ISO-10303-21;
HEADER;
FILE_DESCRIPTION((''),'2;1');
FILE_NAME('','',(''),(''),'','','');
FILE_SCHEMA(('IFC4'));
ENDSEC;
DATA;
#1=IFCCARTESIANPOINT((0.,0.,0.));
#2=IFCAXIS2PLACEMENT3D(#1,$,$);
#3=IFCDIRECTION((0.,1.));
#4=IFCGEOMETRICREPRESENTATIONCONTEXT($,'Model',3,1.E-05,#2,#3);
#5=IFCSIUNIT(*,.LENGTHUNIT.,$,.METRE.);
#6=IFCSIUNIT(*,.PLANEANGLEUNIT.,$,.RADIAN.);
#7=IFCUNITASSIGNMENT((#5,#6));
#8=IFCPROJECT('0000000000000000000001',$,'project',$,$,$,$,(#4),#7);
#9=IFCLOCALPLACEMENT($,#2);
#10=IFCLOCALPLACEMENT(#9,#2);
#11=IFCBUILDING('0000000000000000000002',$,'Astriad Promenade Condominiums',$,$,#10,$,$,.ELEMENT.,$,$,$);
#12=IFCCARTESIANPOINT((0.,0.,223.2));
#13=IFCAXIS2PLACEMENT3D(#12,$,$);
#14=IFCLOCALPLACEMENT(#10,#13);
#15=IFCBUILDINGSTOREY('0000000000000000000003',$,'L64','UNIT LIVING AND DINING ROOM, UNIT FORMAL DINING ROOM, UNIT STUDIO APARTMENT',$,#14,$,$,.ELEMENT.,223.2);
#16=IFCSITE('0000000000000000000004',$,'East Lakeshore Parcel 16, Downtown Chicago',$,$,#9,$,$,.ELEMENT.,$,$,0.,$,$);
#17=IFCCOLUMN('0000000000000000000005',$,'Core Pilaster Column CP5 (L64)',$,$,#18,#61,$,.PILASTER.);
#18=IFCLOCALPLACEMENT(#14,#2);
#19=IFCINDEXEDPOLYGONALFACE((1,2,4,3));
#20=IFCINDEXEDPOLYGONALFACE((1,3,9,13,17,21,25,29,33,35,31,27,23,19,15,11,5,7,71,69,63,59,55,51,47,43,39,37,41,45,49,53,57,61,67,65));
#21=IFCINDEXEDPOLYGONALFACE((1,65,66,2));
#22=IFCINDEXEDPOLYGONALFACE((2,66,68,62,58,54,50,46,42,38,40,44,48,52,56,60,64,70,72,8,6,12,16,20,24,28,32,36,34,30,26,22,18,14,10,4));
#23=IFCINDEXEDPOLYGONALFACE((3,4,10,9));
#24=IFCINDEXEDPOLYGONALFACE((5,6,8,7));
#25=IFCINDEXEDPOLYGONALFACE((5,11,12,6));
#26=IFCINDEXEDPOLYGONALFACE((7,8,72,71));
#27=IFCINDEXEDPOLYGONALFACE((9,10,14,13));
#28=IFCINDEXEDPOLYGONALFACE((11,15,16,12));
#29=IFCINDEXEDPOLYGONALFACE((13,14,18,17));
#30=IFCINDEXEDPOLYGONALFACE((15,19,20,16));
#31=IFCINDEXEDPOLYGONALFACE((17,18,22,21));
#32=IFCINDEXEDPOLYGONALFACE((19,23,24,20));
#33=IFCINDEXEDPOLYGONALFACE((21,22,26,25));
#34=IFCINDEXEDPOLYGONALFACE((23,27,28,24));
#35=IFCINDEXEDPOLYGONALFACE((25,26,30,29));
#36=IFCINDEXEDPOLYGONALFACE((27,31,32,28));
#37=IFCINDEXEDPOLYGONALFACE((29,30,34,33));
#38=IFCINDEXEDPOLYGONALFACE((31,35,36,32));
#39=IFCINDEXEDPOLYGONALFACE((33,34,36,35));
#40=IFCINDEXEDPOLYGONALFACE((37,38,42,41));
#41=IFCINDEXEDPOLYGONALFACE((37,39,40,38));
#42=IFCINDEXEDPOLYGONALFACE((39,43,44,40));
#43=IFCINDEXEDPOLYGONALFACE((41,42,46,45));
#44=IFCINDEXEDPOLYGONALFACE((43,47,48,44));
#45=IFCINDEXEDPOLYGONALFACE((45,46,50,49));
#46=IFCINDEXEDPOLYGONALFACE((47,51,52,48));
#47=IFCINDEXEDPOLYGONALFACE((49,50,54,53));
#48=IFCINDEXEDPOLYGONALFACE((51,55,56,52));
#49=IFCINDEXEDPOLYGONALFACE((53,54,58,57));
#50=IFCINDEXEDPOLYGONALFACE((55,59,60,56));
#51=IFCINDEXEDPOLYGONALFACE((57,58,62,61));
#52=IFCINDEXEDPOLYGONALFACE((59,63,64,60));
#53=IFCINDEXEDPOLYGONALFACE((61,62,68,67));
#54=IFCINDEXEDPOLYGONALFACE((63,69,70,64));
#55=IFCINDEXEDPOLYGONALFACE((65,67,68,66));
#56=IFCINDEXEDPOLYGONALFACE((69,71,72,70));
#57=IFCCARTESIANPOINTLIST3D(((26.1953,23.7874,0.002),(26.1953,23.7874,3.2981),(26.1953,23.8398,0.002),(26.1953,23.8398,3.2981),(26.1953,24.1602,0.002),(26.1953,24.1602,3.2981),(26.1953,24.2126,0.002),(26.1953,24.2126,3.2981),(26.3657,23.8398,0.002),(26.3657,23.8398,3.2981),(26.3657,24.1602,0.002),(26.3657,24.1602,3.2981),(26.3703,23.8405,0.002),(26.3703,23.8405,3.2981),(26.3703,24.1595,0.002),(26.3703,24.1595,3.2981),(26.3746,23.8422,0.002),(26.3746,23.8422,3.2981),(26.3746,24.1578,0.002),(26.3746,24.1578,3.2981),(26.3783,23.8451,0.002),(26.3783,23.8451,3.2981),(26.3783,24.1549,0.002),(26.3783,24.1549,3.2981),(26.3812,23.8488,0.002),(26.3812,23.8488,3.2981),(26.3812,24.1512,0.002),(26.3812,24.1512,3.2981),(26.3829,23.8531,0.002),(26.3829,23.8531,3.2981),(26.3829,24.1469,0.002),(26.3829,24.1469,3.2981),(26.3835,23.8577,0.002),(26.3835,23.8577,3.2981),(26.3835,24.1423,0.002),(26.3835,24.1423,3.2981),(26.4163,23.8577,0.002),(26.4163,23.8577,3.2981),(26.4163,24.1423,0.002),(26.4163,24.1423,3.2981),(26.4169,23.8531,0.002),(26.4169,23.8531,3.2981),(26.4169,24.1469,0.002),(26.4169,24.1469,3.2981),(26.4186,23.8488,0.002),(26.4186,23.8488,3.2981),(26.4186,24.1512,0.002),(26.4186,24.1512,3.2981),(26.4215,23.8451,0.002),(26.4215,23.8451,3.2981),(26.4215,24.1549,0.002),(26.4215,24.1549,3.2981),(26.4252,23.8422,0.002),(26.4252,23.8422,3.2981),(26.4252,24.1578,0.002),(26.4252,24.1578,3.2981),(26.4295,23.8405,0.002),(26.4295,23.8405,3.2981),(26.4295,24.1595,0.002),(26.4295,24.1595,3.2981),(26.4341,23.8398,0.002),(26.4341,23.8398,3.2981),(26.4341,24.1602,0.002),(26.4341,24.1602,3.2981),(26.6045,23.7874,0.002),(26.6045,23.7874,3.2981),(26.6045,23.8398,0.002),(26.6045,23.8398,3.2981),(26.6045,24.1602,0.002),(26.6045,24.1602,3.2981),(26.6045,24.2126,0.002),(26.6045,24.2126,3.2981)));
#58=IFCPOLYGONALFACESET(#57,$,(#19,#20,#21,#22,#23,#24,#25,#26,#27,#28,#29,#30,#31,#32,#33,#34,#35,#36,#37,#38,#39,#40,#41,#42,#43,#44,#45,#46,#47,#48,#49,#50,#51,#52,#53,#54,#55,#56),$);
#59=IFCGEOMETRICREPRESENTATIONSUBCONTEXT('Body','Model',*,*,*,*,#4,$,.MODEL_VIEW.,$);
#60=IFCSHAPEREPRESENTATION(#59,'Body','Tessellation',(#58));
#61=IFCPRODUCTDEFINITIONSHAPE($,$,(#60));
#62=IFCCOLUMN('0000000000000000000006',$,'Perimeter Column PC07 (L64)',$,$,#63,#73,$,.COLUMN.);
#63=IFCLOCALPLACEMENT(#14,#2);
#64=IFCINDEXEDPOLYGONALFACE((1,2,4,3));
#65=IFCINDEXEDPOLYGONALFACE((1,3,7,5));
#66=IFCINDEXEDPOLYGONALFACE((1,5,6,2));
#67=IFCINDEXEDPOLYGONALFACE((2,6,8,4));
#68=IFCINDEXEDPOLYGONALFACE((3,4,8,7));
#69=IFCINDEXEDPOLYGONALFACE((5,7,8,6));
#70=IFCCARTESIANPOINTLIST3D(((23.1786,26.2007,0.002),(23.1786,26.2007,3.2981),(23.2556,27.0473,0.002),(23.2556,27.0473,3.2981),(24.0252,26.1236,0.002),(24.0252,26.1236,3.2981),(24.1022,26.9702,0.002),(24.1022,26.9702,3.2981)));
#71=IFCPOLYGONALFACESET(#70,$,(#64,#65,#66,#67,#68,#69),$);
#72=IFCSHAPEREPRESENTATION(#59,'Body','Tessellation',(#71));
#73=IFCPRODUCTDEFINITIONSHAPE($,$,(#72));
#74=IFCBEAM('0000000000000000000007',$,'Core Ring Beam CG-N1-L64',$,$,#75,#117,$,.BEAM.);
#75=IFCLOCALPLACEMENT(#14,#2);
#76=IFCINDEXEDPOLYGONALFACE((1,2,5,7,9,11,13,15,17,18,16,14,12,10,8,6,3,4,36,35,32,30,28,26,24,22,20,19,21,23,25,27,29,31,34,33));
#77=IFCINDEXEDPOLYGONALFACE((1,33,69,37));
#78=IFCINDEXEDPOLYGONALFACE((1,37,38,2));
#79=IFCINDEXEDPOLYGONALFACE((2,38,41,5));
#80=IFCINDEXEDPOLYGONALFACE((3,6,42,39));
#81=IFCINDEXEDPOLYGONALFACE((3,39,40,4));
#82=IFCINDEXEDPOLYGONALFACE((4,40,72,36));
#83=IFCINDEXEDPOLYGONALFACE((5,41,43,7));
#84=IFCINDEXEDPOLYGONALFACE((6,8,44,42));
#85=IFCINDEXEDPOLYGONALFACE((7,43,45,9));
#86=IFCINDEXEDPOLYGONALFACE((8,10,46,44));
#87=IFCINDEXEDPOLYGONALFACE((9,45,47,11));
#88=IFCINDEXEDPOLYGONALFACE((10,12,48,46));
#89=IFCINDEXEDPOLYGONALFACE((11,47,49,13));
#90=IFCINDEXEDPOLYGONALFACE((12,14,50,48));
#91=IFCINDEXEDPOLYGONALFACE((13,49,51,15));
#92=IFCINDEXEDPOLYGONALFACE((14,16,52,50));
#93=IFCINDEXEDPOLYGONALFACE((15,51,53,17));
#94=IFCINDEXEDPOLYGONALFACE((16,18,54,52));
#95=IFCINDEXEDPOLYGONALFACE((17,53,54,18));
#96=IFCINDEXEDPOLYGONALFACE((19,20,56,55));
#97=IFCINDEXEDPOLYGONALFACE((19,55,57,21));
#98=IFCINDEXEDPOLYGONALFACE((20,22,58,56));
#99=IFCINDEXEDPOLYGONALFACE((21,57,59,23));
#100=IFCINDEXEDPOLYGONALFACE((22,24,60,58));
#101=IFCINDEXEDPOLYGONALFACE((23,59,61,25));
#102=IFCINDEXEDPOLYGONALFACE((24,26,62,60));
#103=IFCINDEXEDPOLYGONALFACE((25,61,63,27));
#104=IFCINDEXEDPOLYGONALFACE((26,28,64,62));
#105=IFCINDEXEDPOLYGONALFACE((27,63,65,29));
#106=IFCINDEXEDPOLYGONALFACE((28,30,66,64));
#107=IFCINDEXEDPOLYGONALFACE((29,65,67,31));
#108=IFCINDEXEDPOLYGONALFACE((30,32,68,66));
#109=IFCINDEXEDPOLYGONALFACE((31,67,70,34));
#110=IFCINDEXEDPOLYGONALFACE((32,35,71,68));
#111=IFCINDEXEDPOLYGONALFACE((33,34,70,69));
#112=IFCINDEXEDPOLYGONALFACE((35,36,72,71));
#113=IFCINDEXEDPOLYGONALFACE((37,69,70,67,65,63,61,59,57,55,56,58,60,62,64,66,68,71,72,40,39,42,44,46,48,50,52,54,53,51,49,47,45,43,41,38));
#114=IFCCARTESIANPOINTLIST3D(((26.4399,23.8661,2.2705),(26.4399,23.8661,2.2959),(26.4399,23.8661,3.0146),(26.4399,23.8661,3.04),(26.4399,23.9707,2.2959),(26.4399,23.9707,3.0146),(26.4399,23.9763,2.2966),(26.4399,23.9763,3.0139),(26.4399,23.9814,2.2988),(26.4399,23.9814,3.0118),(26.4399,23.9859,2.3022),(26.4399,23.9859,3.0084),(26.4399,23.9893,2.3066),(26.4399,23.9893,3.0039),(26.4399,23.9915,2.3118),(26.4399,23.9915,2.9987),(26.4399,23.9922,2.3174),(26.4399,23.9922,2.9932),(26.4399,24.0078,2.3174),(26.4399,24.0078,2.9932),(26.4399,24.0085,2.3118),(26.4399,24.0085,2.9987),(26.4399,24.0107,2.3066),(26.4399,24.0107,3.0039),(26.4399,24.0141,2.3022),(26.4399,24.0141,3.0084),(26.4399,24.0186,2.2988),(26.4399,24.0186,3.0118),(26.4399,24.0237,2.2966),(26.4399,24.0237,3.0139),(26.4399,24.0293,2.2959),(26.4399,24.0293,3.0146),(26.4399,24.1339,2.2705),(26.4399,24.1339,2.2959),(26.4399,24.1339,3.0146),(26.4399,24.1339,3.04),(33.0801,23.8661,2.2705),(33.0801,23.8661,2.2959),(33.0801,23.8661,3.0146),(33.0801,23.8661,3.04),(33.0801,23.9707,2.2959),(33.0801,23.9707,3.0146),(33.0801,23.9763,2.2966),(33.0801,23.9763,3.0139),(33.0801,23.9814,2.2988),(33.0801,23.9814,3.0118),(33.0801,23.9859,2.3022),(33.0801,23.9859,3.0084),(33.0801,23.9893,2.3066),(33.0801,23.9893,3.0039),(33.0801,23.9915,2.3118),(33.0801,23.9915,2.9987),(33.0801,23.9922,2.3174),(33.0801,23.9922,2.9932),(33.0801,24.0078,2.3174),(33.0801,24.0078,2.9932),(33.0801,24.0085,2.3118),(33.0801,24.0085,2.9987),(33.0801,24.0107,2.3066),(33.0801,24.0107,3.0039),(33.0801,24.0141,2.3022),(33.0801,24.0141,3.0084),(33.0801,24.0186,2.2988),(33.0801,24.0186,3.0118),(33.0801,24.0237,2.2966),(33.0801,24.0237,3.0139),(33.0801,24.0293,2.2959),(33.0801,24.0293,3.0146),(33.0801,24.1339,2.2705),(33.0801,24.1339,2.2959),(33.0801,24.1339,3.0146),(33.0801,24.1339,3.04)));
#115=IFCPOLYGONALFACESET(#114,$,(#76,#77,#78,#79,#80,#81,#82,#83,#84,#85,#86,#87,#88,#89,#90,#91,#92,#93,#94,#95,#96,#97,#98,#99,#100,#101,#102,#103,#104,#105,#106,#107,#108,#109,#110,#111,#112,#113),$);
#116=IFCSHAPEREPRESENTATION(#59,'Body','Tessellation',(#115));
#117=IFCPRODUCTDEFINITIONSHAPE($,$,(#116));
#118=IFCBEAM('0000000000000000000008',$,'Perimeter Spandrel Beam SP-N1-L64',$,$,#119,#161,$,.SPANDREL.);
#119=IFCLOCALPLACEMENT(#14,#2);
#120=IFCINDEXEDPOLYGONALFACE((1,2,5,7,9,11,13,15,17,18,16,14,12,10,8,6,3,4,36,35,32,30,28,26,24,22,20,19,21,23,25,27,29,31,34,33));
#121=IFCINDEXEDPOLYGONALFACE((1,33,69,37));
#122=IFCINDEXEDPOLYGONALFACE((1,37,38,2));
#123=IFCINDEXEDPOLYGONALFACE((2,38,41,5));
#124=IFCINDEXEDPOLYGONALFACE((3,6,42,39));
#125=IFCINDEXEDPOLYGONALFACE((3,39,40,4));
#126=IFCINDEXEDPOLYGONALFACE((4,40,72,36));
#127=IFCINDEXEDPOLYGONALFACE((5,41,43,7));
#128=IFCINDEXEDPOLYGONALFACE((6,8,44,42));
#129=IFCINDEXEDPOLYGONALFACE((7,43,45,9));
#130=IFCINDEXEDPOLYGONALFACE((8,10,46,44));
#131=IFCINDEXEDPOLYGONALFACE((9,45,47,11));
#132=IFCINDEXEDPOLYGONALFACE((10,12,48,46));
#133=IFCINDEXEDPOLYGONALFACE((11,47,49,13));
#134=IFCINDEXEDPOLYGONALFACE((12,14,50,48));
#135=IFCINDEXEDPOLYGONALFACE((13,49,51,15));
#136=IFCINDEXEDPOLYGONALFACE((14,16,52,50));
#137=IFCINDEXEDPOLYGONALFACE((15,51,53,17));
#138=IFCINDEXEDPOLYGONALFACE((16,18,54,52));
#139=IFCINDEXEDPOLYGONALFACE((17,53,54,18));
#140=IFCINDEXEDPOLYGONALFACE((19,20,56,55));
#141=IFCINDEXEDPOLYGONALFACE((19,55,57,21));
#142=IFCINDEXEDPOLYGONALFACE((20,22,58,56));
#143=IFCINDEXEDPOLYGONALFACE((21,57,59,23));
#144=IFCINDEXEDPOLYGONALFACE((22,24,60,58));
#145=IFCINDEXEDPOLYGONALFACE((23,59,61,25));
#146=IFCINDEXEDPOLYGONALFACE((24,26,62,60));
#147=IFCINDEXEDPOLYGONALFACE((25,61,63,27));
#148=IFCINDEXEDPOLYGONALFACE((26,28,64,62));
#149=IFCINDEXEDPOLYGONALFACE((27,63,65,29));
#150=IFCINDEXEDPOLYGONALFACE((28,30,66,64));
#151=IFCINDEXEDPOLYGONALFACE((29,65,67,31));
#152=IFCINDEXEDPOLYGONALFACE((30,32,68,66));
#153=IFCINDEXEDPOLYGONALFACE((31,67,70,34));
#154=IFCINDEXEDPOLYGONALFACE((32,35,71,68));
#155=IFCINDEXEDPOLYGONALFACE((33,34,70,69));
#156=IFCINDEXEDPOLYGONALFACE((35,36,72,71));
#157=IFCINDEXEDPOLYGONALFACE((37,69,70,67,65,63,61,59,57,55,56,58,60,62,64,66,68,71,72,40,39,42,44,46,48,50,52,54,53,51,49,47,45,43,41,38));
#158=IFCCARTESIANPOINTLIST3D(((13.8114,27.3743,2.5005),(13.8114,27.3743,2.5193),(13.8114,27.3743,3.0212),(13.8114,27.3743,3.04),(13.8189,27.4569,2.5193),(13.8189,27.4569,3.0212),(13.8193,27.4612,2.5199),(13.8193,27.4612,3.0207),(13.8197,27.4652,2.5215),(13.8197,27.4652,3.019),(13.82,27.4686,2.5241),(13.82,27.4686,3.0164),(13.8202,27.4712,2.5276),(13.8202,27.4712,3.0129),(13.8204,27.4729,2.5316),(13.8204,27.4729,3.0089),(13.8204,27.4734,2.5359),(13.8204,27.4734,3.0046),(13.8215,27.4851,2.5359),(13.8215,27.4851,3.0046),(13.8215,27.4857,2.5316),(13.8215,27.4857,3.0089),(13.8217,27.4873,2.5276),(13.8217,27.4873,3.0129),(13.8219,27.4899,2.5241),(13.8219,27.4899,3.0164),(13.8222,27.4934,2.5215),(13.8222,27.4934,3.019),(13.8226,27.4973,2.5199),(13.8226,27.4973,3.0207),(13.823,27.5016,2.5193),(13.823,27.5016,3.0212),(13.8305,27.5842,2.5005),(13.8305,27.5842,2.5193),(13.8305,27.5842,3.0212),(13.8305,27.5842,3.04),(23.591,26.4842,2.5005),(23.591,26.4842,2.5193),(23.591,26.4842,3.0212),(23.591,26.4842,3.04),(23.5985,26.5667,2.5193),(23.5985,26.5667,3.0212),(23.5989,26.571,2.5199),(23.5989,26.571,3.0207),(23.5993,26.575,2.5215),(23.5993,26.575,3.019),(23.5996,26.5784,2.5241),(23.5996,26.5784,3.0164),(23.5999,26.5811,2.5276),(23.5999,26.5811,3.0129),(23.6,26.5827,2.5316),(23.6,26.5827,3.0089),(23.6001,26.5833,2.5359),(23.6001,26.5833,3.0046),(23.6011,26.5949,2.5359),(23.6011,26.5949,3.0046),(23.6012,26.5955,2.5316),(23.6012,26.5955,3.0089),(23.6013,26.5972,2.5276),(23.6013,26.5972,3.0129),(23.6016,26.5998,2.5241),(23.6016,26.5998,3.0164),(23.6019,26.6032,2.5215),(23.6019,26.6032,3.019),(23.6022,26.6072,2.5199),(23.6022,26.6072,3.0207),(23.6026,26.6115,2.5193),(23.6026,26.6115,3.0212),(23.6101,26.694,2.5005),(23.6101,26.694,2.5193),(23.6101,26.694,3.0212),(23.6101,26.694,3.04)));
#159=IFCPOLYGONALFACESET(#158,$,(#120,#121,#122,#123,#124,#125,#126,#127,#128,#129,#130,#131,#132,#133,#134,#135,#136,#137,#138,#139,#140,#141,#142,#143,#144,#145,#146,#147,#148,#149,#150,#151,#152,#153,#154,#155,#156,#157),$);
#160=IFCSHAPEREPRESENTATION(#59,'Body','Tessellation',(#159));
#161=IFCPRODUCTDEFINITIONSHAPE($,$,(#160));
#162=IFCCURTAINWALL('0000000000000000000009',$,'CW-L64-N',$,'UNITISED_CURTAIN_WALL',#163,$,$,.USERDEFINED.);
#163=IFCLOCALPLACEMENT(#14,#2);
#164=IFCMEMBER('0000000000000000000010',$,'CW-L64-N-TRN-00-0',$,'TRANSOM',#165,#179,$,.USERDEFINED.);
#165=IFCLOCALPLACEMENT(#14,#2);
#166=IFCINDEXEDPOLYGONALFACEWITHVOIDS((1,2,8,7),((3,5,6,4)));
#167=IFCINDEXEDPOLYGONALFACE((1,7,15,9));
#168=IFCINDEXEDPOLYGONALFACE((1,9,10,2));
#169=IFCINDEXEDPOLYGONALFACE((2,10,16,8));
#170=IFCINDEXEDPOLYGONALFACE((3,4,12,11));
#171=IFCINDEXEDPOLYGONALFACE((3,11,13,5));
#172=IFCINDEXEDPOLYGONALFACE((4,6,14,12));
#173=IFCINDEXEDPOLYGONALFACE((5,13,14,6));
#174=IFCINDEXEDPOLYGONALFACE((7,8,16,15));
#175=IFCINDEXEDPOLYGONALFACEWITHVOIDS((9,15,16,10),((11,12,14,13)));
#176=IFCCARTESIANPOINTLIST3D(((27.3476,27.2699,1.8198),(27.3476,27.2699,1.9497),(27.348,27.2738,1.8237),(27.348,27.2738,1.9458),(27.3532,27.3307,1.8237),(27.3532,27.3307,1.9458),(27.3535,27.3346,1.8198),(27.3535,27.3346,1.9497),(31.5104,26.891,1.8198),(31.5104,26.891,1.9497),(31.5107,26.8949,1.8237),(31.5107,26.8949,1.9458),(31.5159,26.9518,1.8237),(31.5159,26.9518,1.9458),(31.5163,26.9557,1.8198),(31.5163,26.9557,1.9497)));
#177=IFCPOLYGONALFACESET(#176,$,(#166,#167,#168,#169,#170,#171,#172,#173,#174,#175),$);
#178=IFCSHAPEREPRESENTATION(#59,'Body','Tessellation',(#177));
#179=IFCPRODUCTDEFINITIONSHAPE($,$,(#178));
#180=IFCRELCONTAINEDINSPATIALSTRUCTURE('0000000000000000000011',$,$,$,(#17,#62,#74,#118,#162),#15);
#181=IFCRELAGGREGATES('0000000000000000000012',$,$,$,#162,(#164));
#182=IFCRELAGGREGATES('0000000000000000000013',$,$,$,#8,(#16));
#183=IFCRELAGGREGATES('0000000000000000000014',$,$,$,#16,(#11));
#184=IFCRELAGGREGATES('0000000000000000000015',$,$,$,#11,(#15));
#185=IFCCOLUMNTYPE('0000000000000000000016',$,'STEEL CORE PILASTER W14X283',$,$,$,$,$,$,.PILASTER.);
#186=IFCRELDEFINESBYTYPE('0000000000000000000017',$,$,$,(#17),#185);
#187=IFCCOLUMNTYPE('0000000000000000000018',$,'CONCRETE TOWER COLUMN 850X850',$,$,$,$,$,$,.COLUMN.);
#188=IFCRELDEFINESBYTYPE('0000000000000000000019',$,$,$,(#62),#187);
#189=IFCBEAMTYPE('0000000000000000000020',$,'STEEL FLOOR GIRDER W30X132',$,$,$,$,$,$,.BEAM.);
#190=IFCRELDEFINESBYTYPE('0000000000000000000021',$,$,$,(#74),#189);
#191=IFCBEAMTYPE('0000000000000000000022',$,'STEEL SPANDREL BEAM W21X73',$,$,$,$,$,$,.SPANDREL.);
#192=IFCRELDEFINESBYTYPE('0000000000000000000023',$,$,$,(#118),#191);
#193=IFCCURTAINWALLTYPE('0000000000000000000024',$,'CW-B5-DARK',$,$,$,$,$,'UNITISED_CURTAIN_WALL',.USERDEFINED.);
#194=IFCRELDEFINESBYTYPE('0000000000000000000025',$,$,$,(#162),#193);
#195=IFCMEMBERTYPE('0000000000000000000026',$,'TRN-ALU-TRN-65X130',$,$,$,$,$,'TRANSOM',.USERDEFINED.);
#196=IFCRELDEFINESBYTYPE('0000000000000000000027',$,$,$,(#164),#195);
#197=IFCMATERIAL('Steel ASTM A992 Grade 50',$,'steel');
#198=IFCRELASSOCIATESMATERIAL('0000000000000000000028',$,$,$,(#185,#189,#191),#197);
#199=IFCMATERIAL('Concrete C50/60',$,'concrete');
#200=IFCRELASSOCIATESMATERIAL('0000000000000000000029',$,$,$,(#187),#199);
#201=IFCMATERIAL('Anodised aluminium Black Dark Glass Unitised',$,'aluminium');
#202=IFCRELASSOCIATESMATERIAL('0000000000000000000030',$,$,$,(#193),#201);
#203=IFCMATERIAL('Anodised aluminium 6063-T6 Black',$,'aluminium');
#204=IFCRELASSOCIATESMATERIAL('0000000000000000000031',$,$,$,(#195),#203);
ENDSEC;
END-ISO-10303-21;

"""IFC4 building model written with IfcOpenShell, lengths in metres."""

from ifc_helpers import new_model, si_unit, direction, frame, origin, origin_2d, place, context, subcontext, project, spatial, rectangle, hollow_rectangle, i_section, extrude, source, transform, mapped, material, material_profile, profile_set, type_object, type_shapes, element, aggregate, save


model = new_model("IFC4")

# Units and contexts
model_context = context("Model", 3, precision=1e-05, world=origin(), true_north=direction((0.0, 1.0)))
body_context = subcontext(model_context, "Body", "Model", "MODEL_VIEW")
ifc_project = project(units=[si_unit("LENGTHUNIT", "METRE"), si_unit("PLANEANGLEUNIT", "RADIAN")], contexts=[model_context])

# Site, building, storey
site_placement = place(None, origin())
site = spatial("IfcSite", under=ifc_project, at=site_placement, Name="East Lakeshore Parcel 16, Downtown Chicago", CompositionType="ELEMENT", RefElevation=0.0)
building_placement = place(site_placement, origin())
building = spatial("IfcBuilding", under=site, at=building_placement, Name="Astriad Promenade Condominiums", CompositionType="ELEMENT")
storey_placement = place(building_placement, frame((0.0, 0.0, 223.2)))
storey = spatial("IfcBuildingStorey", under=building, at=storey_placement, Name="L64", Description="UNIT LIVING AND DINING ROOM, UNIT FORMAL DINING ROOM, UNIT STUDIO APARTMENT", CompositionType="ELEMENT", Elevation=223.2)

# Columns
ifc_material_1 = material(Name="Steel ASTM A992 Grade 50", Category="steel")
ifc_material_profile_1 = material_profile(ifc_material_1, i_section(OverallWidth=0.4092, OverallDepth=0.4253, WebThickness=0.0327, FlangeThickness=0.0525, FilletRadius=0.0178, at=origin_2d()), Name="W14X283")
ifc_profile_set_1 = profile_set([ifc_material_profile_1], Name="Steel ASTM A992 Grade 50")
column_type_1 = type_object("IfcColumnType", Name="STEEL CORE PILASTER W14X283", PredefinedType="PILASTER", material=ifc_profile_set_1)
shared_shape_1 = source(origin(), body_context, "Body", "SweptSolid", [
    extrude(i_section(OverallWidth=0.4092, OverallDepth=0.4253, WebThickness=0.0327, FlangeThickness=0.0525, FilletRadius=0.0178, at=origin_2d()), origin(), (0.0, 0.0, 1.0), 3.2961),
])
type_shapes(column_type_1, [shared_shape_1])
column_1_placement = place(storey_placement, frame((26.3999, 24.0, 0.002), z_axis=(0.0, 0.0, 1.0), x_axis=(1.0, 0.0, 0.0)))
element("IfcColumn", 1, at=column_1_placement, inside=storey, type_object=column_type_1, Name="Core Pilaster Column CP5 (L64)", PredefinedType="PILASTER", context=body_context, shape_type="MappedRepresentation", body=[
    mapped(shared_shape_1, transform((0.0, 0.0, 0.0), scale=1.0)),
])
ifc_material_2 = material(Name="Concrete C50/60", Category="concrete")
ifc_material_profile_2 = material_profile(ifc_material_2, rectangle(XDim=0.8501, YDim=0.8501, at=origin_2d()), Name="RC-COL-850X850")
ifc_profile_set_2 = profile_set([ifc_material_profile_2], Name="Concrete C50/60")
column_type_2 = type_object("IfcColumnType", Name="CONCRETE TOWER COLUMN 850X850", PredefinedType="COLUMN", material=ifc_profile_set_2)
shared_shape_2 = source(origin(), body_context, "Body", "SweptSolid", [
    extrude(rectangle(XDim=0.8501, YDim=0.8501, at=origin_2d()), origin(), (0.0, 0.0, 1.0), 3.2961),
])
type_shapes(column_type_2, [shared_shape_2])
column_2_placement = place(storey_placement, frame((23.6404, 26.5854, 0.002), z_axis=(0.0, 0.0, 1.0), x_axis=(0.995884, -0.090633, 0.0)))
element("IfcColumn", 2, at=column_2_placement, inside=storey, type_object=column_type_2, Name="Perimeter Column PC07 (L64)", PredefinedType="COLUMN", context=body_context, shape_type="MappedRepresentation", body=[
    mapped(shared_shape_2, transform((0.0, 0.0, 0.0), scale=1.0)),
])

# Beams
ifc_material_profile_3 = material_profile(ifc_material_1, i_section(OverallWidth=0.2678, OverallDepth=0.7695, WebThickness=0.0156, FlangeThickness=0.0254, FilletRadius=0.0215, at=origin_2d()), Name="W30X132")
ifc_profile_set_3 = profile_set([ifc_material_profile_3], Name="Steel ASTM A992 Grade 50")
beam_type_1 = type_object("IfcBeamType", Name="STEEL FLOOR GIRDER W30X132", PredefinedType="BEAM", material=ifc_profile_set_3)
shared_shape_3 = source(origin(), body_context, "Body", "SweptSolid", [
    extrude(i_section(OverallWidth=0.2678, OverallDepth=0.7695, WebThickness=0.0156, FlangeThickness=0.0254, FilletRadius=0.0215, at=origin_2d()), origin(), (0.0, 0.0, 1.0), 6.6401),
])
type_shapes(beam_type_1, [shared_shape_3])
beam_1_placement = place(storey_placement, frame((26.4399, 24.0, 2.6553), z_axis=(1.0, 0.0, 0.0), x_axis=(0.0, 1.0, 0.0)))
element("IfcBeam", 3, at=beam_1_placement, inside=storey, type_object=beam_type_1, Name="Core Ring Beam CG-N1-L64", PredefinedType="BEAM", context=body_context, shape_type="MappedRepresentation", body=[
    mapped(shared_shape_3, transform((0.0, 0.0, 0.0), scale=1.0)),
])
ifc_material_profile_4 = material_profile(ifc_material_1, i_section(OverallWidth=0.2107, OverallDepth=0.5396, WebThickness=0.0117, FlangeThickness=0.0188, FilletRadius=0.0166, at=origin_2d()), Name="W21X73")
ifc_profile_set_4 = profile_set([ifc_material_profile_4], Name="Steel ASTM A992 Grade 50")
beam_type_2 = type_object("IfcBeamType", Name="STEEL SPANDREL BEAM W21X73", PredefinedType="SPANDREL", material=ifc_profile_set_4)
shared_shape_4 = source(origin(), body_context, "Body", "SweptSolid", [
    extrude(i_section(OverallWidth=0.2107, OverallDepth=0.5396, WebThickness=0.0117, FlangeThickness=0.0188, FilletRadius=0.0166, at=origin_2d()), origin(), (0.0, 0.0, 1.0), 9.8201),
])
type_shapes(beam_type_2, [shared_shape_4])
beam_2_placement = place(storey_placement, frame((23.6006, 26.5891, 2.7703), z_axis=(-0.995883, 0.090646, 0.0), x_axis=(-0.090646, -0.995883, 0.0)))
element("IfcBeam", 4, at=beam_2_placement, inside=storey, type_object=beam_type_2, Name="Perimeter Spandrel Beam SP-N1-L64", PredefinedType="SPANDREL", context=body_context, shape_type="MappedRepresentation", body=[
    mapped(shared_shape_4, transform((0.0, 0.0, 0.0), scale=1.0)),
])

# Curtain wall, member
ifc_material_3 = material(Name="Anodised aluminium Black Dark Glass Unitised", Category="aluminium")
curtain_wall_type = type_object("IfcCurtainWallType", Name="CW-B5-DARK", ElementType="UNITISED_CURTAIN_WALL", PredefinedType="USERDEFINED", material=ifc_material_3)
curtain_wall_placement = place(storey_placement, origin())
curtain_wall = element("IfcCurtainWall", 5, at=curtain_wall_placement, inside=storey, type_object=curtain_wall_type, Name="CW-L64-N", ObjectType="UNITISED_CURTAIN_WALL", PredefinedType="USERDEFINED")
ifc_material_4 = material(Name="Anodised aluminium 6063-T6 Black", Category="aluminium")
ifc_material_profile_5 = material_profile(ifc_material_4, hollow_rectangle(XDim=0.0649, YDim=0.1299, WallThickness=0.0039, at=origin_2d()), Name="ALU-TRN-65X130")
ifc_profile_set_5 = profile_set([ifc_material_profile_5], Name="Anodised aluminium 6063-T6 Black")
member_type_1 = type_object("IfcMemberType", Name="TRN-ALU-TRN-65X130", ElementType="TRANSOM", PredefinedType="USERDEFINED", material=ifc_profile_set_5)
shared_shape_5 = source(origin(), body_context, "Body", "SweptSolid", [
    extrude(hollow_rectangle(XDim=0.0649, YDim=0.1299, WallThickness=0.0039, at=origin_2d()), origin(), (0.0, 0.0, 1.0), 4.1799),
])
type_shapes(member_type_1, [shared_shape_5])
member_1_placement = place(storey_placement, frame((27.3506, 27.3022, 1.8848), z_axis=(0.995883, -0.090646, 0.0), x_axis=(0.090646, 0.995883, 0.0)))
member_1 = element("IfcMember", 6, at=member_1_placement, type_object=member_type_1, Name="CW-L64-N-TRN-00-0", ObjectType="TRANSOM", PredefinedType="USERDEFINED", context=body_context, shape_type="MappedRepresentation", body=[
    mapped(shared_shape_5, transform((0.0, 0.0, 0.0), scale=1.0)),
])
aggregate(curtain_wall, [member_1])

save(model, "model.ifc")
